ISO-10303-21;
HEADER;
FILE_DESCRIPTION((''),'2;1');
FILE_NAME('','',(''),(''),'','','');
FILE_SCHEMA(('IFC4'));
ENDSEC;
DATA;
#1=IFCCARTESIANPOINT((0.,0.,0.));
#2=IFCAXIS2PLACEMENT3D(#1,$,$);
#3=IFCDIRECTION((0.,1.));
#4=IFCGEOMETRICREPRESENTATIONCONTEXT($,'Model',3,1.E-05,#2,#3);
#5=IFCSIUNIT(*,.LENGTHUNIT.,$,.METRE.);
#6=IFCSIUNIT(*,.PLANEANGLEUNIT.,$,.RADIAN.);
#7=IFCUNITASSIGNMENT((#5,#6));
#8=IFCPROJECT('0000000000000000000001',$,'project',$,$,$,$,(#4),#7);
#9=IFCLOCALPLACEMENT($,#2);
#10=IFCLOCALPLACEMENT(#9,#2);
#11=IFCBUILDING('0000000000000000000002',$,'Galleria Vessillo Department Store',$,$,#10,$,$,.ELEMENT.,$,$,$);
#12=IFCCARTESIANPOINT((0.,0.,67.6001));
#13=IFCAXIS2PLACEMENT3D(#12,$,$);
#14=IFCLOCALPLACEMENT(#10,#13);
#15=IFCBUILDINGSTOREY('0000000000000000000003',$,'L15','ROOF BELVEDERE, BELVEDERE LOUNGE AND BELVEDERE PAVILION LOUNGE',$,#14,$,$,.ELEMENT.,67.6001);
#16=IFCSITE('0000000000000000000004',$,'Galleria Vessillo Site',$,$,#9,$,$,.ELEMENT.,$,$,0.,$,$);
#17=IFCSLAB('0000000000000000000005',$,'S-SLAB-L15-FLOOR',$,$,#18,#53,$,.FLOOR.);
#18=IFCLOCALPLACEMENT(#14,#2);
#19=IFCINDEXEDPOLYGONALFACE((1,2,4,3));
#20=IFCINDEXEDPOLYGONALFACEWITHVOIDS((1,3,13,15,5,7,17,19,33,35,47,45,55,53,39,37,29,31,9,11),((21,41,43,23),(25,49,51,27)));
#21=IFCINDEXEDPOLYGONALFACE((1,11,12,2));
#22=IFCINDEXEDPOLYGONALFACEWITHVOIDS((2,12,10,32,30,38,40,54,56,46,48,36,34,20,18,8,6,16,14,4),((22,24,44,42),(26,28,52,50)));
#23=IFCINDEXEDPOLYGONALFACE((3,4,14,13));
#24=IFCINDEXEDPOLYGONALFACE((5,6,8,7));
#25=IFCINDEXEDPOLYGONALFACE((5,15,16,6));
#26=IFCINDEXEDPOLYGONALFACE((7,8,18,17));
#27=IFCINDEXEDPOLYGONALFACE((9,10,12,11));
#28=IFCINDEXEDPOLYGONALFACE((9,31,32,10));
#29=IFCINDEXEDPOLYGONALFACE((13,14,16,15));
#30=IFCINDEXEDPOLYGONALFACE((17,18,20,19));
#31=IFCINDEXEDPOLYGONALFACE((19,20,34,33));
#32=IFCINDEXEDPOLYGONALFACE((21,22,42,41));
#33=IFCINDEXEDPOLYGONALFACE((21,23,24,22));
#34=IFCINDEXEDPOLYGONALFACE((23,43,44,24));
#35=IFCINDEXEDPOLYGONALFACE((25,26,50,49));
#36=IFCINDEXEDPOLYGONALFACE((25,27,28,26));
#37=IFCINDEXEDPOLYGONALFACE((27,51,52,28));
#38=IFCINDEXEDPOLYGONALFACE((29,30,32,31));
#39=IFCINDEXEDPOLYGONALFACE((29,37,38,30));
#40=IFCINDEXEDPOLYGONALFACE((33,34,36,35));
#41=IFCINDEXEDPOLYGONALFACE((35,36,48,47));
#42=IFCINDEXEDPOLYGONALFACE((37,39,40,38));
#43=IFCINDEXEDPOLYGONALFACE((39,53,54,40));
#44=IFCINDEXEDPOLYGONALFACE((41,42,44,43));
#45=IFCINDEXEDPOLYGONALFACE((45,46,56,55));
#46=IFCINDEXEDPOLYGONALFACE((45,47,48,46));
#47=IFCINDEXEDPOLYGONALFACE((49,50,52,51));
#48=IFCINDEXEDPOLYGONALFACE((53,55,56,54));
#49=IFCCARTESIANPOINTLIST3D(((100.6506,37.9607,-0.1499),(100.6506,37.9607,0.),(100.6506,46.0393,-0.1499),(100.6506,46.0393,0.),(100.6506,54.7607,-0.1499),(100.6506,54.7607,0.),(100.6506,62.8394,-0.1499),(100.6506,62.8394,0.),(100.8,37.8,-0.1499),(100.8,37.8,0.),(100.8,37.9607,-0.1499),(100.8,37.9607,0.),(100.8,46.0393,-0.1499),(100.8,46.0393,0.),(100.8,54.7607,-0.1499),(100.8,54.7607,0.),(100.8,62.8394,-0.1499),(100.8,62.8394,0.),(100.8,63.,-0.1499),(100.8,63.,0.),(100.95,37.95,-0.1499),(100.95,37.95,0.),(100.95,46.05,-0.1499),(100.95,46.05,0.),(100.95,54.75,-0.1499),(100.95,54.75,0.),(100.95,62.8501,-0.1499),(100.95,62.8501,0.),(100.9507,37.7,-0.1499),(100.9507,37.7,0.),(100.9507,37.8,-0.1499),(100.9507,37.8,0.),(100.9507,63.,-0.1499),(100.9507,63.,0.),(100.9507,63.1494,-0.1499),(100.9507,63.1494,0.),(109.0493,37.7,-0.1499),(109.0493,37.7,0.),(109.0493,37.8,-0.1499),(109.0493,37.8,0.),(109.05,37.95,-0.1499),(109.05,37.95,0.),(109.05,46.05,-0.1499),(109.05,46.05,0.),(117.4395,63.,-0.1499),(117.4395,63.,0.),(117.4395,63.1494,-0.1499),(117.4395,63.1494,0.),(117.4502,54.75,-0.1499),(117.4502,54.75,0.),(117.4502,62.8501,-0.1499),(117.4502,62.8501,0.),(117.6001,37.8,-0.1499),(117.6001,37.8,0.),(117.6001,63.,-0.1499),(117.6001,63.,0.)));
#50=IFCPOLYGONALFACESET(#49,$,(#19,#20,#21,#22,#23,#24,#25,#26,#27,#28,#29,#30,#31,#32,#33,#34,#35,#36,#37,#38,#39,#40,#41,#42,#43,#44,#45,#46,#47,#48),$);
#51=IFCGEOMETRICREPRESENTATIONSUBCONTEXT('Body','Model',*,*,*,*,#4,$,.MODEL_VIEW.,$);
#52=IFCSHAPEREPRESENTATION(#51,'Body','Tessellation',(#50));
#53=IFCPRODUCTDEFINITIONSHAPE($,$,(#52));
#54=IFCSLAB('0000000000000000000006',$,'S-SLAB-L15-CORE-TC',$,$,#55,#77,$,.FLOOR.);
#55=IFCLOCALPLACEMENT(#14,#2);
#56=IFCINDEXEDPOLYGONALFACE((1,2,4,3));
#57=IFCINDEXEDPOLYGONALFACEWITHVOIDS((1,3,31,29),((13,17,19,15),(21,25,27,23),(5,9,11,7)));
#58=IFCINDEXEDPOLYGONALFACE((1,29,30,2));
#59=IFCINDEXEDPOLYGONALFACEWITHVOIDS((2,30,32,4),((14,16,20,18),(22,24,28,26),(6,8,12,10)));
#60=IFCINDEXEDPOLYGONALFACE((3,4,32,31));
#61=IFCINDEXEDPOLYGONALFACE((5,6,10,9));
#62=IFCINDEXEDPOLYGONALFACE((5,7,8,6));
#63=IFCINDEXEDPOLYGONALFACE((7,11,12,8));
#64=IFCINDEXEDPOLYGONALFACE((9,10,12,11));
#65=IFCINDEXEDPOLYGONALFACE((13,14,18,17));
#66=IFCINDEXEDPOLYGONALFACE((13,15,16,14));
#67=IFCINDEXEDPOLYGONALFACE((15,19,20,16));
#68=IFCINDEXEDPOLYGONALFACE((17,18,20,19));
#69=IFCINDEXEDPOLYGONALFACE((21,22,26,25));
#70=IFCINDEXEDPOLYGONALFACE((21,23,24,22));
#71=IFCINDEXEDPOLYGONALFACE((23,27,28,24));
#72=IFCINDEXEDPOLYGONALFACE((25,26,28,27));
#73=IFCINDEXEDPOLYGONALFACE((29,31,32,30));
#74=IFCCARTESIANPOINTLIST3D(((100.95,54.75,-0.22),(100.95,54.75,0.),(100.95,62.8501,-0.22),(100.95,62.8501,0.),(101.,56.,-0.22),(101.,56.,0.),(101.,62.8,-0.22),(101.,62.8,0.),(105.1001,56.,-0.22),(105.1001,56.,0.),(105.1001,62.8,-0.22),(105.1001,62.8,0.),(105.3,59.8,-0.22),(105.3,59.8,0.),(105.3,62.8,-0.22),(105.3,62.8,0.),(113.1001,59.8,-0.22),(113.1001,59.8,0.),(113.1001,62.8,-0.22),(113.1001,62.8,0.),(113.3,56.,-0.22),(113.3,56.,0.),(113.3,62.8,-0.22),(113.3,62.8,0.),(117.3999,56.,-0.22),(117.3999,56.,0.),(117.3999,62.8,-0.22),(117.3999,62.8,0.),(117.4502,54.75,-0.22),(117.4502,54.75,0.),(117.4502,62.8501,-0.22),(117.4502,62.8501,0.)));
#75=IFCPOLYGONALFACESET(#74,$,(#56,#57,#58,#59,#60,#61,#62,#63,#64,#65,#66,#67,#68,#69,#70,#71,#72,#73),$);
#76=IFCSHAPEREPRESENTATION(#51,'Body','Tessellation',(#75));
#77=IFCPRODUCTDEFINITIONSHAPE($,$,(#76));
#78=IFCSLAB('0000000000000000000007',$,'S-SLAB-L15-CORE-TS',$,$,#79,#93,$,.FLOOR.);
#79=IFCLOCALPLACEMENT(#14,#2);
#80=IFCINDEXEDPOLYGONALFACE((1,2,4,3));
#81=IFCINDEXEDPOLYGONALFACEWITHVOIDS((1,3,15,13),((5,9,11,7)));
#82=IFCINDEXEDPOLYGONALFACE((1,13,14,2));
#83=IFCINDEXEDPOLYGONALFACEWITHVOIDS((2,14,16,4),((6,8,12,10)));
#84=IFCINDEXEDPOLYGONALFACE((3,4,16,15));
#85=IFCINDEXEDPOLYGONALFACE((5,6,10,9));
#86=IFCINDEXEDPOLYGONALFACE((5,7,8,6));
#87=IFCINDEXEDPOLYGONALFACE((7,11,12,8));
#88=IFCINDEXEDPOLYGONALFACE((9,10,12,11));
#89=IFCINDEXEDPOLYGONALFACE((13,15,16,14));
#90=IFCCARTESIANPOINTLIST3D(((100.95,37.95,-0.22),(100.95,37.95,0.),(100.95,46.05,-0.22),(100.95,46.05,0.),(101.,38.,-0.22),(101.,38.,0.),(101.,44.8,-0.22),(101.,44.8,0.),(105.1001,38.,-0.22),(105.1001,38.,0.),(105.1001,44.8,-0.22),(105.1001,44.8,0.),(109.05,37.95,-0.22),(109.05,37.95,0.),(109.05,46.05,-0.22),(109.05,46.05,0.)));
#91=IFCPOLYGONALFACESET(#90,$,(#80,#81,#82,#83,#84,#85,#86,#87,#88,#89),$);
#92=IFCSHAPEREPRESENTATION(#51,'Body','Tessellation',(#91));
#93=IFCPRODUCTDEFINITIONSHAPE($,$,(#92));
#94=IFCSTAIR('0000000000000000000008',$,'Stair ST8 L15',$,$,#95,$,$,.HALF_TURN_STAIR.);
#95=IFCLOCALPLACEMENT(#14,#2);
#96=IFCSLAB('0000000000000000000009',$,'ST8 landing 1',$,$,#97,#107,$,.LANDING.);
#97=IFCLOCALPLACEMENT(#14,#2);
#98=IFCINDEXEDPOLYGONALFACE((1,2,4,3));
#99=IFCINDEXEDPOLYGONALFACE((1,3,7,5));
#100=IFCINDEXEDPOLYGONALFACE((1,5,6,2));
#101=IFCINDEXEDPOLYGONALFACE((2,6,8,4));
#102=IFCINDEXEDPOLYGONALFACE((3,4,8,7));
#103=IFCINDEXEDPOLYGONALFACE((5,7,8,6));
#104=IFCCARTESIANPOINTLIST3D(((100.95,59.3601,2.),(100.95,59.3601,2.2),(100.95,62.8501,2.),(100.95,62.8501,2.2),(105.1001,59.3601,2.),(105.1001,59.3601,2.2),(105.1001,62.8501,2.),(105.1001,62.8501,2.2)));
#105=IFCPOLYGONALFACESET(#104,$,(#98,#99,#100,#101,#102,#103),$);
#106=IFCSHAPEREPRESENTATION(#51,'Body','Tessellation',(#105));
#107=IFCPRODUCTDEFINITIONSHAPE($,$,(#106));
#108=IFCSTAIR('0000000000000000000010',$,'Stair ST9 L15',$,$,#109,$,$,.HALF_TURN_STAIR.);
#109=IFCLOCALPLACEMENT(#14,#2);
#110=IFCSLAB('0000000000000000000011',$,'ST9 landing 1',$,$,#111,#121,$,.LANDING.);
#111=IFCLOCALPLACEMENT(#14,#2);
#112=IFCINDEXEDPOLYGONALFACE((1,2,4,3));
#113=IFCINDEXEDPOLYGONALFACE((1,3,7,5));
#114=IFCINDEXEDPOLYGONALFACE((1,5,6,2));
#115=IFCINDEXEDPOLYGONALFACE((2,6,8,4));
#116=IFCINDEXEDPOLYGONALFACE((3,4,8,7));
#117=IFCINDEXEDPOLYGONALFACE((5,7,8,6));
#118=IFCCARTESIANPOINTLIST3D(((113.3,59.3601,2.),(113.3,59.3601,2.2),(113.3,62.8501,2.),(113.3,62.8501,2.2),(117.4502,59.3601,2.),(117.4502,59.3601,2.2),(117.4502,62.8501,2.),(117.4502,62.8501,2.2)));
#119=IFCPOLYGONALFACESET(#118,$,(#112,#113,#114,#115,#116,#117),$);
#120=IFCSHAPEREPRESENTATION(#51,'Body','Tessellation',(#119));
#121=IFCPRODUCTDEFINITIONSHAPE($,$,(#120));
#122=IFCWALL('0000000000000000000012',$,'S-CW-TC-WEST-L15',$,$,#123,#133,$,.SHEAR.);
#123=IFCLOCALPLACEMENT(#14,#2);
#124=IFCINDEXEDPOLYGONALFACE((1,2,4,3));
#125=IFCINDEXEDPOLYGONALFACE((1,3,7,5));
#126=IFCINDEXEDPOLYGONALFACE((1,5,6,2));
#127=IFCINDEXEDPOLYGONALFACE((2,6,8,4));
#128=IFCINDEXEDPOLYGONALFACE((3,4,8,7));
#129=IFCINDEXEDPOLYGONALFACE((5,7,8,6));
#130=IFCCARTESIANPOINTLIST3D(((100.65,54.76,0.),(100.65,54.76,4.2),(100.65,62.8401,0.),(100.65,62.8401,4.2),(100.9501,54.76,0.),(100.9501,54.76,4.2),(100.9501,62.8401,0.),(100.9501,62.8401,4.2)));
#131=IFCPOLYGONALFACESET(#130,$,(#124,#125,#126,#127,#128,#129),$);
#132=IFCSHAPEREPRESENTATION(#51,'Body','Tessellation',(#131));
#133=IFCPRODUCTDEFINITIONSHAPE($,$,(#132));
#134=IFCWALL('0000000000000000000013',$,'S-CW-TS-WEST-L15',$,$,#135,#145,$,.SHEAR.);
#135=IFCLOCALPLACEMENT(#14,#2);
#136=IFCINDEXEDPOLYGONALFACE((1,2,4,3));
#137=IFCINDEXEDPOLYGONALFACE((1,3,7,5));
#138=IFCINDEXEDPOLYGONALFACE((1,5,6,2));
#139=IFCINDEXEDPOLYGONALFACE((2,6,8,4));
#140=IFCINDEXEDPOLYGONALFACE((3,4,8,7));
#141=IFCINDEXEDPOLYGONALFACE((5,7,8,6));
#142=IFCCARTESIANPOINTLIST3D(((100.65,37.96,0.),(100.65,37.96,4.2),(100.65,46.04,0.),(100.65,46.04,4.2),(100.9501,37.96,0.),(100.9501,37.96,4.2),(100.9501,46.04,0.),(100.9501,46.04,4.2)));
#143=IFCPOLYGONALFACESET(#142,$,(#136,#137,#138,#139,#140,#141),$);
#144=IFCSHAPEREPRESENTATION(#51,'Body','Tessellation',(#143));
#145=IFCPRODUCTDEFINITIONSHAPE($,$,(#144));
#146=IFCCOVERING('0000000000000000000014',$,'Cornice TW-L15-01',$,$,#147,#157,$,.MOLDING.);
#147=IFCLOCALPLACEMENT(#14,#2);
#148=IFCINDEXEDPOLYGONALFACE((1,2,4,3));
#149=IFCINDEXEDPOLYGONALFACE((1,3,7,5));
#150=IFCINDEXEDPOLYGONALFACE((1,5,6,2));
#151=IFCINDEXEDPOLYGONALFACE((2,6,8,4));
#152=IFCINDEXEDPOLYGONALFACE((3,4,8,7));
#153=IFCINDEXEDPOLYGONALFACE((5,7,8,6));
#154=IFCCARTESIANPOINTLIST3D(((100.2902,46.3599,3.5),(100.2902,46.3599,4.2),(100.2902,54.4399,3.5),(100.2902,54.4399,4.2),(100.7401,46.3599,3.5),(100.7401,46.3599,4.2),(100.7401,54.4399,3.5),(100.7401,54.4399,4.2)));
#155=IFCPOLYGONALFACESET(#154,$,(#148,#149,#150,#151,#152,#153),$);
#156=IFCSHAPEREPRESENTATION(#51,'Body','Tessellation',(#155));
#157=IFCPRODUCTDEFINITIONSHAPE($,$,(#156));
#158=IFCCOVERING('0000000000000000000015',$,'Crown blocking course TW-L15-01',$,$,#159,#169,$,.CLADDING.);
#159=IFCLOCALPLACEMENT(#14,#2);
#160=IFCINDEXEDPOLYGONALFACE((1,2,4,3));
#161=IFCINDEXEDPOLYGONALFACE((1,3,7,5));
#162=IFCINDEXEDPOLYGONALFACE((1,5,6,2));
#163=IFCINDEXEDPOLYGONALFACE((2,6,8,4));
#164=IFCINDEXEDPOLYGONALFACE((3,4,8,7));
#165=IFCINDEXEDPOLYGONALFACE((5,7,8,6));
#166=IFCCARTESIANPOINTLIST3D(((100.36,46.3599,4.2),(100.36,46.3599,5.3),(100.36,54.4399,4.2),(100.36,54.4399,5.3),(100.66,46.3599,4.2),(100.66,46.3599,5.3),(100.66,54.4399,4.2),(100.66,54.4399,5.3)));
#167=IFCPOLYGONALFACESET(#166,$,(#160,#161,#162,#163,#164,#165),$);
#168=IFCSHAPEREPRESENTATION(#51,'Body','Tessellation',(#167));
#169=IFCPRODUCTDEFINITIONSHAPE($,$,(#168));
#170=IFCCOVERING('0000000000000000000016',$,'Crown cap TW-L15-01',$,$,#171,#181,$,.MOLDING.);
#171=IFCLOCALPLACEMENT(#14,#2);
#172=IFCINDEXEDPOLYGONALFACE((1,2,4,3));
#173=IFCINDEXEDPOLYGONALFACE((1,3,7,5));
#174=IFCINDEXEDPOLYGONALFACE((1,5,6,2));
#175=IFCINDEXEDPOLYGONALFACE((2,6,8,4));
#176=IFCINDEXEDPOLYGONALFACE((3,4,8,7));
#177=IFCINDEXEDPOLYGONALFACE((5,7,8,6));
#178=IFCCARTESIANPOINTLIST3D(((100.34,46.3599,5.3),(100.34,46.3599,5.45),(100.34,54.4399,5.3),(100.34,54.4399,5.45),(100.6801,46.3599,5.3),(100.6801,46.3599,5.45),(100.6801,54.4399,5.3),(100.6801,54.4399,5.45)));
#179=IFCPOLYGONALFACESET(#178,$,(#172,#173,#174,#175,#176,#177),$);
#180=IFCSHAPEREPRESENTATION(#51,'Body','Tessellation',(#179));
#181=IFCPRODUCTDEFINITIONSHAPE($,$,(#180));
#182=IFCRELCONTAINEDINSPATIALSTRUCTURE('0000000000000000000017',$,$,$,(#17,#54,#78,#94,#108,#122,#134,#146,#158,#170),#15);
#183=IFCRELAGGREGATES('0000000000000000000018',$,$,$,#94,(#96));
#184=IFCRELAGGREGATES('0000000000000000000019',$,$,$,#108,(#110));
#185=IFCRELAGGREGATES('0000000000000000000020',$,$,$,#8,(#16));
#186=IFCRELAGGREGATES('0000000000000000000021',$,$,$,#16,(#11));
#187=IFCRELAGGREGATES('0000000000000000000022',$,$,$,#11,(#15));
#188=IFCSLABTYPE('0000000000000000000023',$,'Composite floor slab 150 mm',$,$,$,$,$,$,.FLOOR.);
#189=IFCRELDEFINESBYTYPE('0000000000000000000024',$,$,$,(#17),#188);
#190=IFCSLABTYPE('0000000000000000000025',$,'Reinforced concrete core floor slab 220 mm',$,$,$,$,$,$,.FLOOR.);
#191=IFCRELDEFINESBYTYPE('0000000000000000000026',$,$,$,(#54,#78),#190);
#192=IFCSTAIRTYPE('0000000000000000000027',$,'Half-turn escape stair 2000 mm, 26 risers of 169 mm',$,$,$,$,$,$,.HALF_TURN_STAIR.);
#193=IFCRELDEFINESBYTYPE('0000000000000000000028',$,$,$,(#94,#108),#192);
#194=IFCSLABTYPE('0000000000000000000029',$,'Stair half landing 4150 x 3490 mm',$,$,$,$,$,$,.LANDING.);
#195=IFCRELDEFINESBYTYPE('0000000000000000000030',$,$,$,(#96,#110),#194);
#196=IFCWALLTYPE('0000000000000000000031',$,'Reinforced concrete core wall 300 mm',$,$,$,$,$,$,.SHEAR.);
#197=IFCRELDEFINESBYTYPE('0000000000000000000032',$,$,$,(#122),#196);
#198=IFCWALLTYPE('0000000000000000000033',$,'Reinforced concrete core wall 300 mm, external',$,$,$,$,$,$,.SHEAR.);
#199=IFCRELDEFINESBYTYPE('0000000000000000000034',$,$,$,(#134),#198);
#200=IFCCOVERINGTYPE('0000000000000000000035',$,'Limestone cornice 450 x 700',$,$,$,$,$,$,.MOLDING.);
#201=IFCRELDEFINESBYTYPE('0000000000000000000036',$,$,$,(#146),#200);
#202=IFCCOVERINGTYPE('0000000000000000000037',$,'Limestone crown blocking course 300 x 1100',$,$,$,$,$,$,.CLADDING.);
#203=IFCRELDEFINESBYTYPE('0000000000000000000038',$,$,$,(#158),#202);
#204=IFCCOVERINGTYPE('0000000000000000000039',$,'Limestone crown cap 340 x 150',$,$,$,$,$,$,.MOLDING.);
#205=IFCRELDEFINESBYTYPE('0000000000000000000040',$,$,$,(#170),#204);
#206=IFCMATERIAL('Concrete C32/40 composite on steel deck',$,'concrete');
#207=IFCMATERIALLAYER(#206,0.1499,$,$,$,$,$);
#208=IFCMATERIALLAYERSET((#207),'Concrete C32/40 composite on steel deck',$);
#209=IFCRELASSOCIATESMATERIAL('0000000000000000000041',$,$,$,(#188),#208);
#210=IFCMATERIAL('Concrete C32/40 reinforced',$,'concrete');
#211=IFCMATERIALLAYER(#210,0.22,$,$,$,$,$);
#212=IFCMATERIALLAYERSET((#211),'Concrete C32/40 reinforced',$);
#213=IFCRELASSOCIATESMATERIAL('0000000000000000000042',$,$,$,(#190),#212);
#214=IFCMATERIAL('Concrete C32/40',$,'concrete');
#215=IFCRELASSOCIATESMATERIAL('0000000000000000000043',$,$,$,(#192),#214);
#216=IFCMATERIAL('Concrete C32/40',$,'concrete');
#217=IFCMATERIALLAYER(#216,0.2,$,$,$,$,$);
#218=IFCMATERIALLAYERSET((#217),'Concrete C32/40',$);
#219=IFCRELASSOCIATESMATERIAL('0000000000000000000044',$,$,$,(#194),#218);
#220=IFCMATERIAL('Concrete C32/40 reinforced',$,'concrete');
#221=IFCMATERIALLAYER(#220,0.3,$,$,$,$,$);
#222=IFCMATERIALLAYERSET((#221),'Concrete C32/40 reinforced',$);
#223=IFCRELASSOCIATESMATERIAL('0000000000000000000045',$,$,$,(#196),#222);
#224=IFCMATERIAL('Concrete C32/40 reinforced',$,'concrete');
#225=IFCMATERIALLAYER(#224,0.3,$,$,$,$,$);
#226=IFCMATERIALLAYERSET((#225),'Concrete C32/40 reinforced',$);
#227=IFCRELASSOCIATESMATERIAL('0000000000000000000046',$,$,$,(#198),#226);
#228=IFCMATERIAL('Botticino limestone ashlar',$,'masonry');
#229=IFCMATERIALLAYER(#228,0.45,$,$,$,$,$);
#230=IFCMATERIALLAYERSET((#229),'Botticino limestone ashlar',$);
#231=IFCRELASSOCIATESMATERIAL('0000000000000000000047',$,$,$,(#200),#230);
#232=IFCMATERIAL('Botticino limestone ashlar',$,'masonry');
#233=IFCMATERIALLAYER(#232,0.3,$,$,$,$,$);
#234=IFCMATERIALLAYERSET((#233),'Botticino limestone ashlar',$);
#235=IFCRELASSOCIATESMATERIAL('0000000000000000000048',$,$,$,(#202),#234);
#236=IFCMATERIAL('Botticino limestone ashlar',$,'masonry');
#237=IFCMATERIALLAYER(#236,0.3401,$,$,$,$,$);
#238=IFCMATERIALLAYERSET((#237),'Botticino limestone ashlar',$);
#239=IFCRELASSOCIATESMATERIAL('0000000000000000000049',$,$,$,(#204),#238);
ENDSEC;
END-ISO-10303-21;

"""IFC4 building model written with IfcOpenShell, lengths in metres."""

from ifc_helpers import new_model, si_unit, direction, frame, frame_2d, origin, origin_2d, place, context, subcontext, project, spatial, polyline, rectangle, outline, extrude, material, layer, layer_set, type_object, element, aggregate, save


model = new_model("IFC4")

# Units and contexts
model_context = context("Model", 3, precision=1e-05, world=origin(), true_north=direction((0.0, 1.0)))
body_context = subcontext(model_context, "Body", "Model", "MODEL_VIEW")
ifc_project = project(units=[si_unit("LENGTHUNIT", "METRE"), si_unit("PLANEANGLEUNIT", "RADIAN")], contexts=[model_context])

# Site, building, storey
site_placement = place(None, origin())
site = spatial("IfcSite", under=ifc_project, at=site_placement, Name="Galleria Vessillo Site", CompositionType="ELEMENT", RefElevation=0.0)
building_placement = place(site_placement, origin())
building = spatial("IfcBuilding", under=site, at=building_placement, Name="Galleria Vessillo Department Store", CompositionType="ELEMENT")
storey_placement = place(building_placement, frame((0.0, 0.0, 67.6001)))
storey = spatial("IfcBuildingStorey", under=building, at=storey_placement, Name="L15", Description="ROOF BELVEDERE, BELVEDERE LOUNGE AND BELVEDERE PAVILION LOUNGE", CompositionType="ELEMENT", Elevation=67.6001)

# Slabs
ifc_material_1 = material(Name="Concrete C32/40 composite on steel deck", Category="concrete")
ifc_layer_1 = layer(ifc_material_1, 0.1499)
ifc_layer_set_1 = layer_set([ifc_layer_1], Name="Concrete C32/40 composite on steel deck")
slab_type_1 = type_object("IfcSlabType", Name="Composite floor slab 150 mm", PredefinedType="FLOOR", material=ifc_layer_set_1)
slab_1_placement = place(storey_placement, frame((0.0, 0.0, -0.1499)))
element("IfcSlab", 1, at=slab_1_placement, inside=storey, type_object=slab_type_1, Name="S-SLAB-L15-FLOOR", PredefinedType="FLOOR", context=body_context, shape_type="SweptSolid", body=[
    extrude(outline(polyline([(100.6506, 46.0393), (100.8, 46.0393), (100.8, 54.7607), (100.6506, 54.7607), (100.6506, 62.8394), (100.8, 62.8394), (100.8, 63.0), (100.9507, 63.0), (100.9507, 63.1494), (117.4395, 63.1494), (117.4395, 63.0), (117.6001, 63.0), (117.6001, 37.8), (109.0493, 37.8), (109.0493, 37.7), (100.9507, 37.7), (100.9507, 37.8), (100.8, 37.8), (100.8, 37.9607), (100.6506, 37.9607), (100.6506, 46.0393)]), holes=[polyline([(109.05, 37.95), (109.05, 46.05), (100.95, 46.05), (100.95, 37.95), (109.05, 37.95)]), polyline([(117.4502, 54.75), (117.4502, 62.8501), (100.95, 62.8501), (100.95, 54.75), (117.4502, 54.75)])]), origin(), (0.0, 0.0, 1.0), 0.1499),
])
ifc_material_2 = material(Name="Concrete C32/40 reinforced", Category="concrete")
ifc_layer_2 = layer(ifc_material_2, 0.22)
ifc_layer_set_2 = layer_set([ifc_layer_2], Name="Concrete C32/40 reinforced")
slab_type_2 = type_object("IfcSlabType", Name="Reinforced concrete core floor slab 220 mm", PredefinedType="FLOOR", material=ifc_layer_set_2)
slab_2_placement = place(storey_placement, frame((0.0, 0.0, -0.22)))
element("IfcSlab", 2, at=slab_2_placement, inside=storey, type_object=slab_type_2, Name="S-SLAB-L15-CORE-TC", PredefinedType="FLOOR", context=body_context, shape_type="SweptSolid", body=[
    extrude(outline(polyline([(100.95, 54.75), (100.95, 62.8501), (117.4502, 62.8501), (117.4502, 54.75), (100.95, 54.75)]), holes=[polyline([(105.1001, 56.0), (105.1001, 62.8), (101.0, 62.8), (101.0, 56.0), (105.1001, 56.0)]), polyline([(113.3, 56.0), (117.3999, 56.0), (117.3999, 62.8), (113.3, 62.8), (113.3, 56.0)]), polyline([(105.3, 59.8), (113.1001, 59.8), (113.1001, 62.8), (105.3, 62.8), (105.3, 59.8)])]), origin(), (0.0, 0.0, 1.0), 0.22),
])
slab_3_placement = place(storey_placement, frame((0.0, 0.0, -0.22)))
element("IfcSlab", 3, at=slab_3_placement, inside=storey, type_object=slab_type_2, Name="S-SLAB-L15-CORE-TS", PredefinedType="FLOOR", context=body_context, shape_type="SweptSolid", body=[
    extrude(outline(polyline([(100.95, 37.95), (100.95, 46.05), (109.05, 46.05), (109.05, 37.95), (100.95, 37.95)]), holes=[polyline([(105.1001, 44.8), (101.0, 44.8), (101.0, 38.0), (105.1001, 38.0), (105.1001, 44.8)])]), origin(), (0.0, 0.0, 1.0), 0.22),
])

# Stairs, slabs
ifc_material_3 = material(Name="Concrete C32/40", Category="concrete")
stair_type = type_object("IfcStairType", Name="Half-turn escape stair 2000 mm, 26 risers of 169 mm", PredefinedType="HALF_TURN_STAIR", material=ifc_material_3)
stair_1_placement = place(storey_placement, origin())
stair_1 = element("IfcStair", 4, at=stair_1_placement, inside=storey, type_object=stair_type, Name="Stair ST8 L15", PredefinedType="HALF_TURN_STAIR")
ifc_material_4 = material(Name="Concrete C32/40", Category="concrete")
ifc_layer_3 = layer(ifc_material_4, 0.2)
ifc_layer_set_3 = layer_set([ifc_layer_3], Name="Concrete C32/40")
slab_type_3 = type_object("IfcSlabType", Name="Stair half landing 4150 x 3490 mm", PredefinedType="LANDING", material=ifc_layer_set_3)
slab_4_placement = place(storey_placement, frame((0.0, 0.0, 2.0)))
slab_4 = element("IfcSlab", 5, at=slab_4_placement, type_object=slab_type_3, Name="ST8 landing 1", PredefinedType="LANDING", context=body_context, shape_type="SweptSolid", body=[
    extrude(outline(polyline([(100.95, 59.3601), (100.95, 62.8501), (105.1001, 62.8501), (105.1001, 59.3601), (100.95, 59.3601)])), origin(), (0.0, 0.0, 1.0), 0.2),
])
aggregate(stair_1, [slab_4])
stair_2_placement = place(storey_placement, origin())
stair_2 = element("IfcStair", 6, at=stair_2_placement, inside=storey, type_object=stair_type, Name="Stair ST9 L15", PredefinedType="HALF_TURN_STAIR")
slab_5_placement = place(storey_placement, frame((0.0, 0.0, 2.0)))
slab_5 = element("IfcSlab", 7, at=slab_5_placement, type_object=slab_type_3, Name="ST9 landing 1", PredefinedType="LANDING", context=body_context, shape_type="SweptSolid", body=[
    extrude(outline(polyline([(113.3, 59.3601), (113.3, 62.8501), (117.4502, 62.8501), (117.4502, 59.3601), (113.3, 59.3601)])), origin(), (0.0, 0.0, 1.0), 0.2),
])
aggregate(stair_2, [slab_5])

# Walls
ifc_material_5 = material(Name="Concrete C32/40 reinforced", Category="concrete")
ifc_layer_4 = layer(ifc_material_5, 0.3)
ifc_layer_set_4 = layer_set([ifc_layer_4], Name="Concrete C32/40 reinforced")
wall_type_1 = type_object("IfcWallType", Name="Reinforced concrete core wall 300 mm", PredefinedType="SHEAR", material=ifc_layer_set_4)
wall_1_placement = place(storey_placement, frame((100.8, 54.76, 0.0), z_axis=(0.0, 0.0, 1.0), x_axis=(0.0, 1.0, 0.0)))
element("IfcWall", 8, at=wall_1_placement, inside=storey, type_object=wall_type_1, Name="S-CW-TC-WEST-L15", PredefinedType="SHEAR", context=body_context, shape_type="SweptSolid", body=[
    extrude(rectangle(XDim=8.0801, YDim=0.3, at=frame_2d((4.04, 0.0))), origin(), (0.0, 0.0, 1.0), 4.2),
])
ifc_material_6 = material(Name="Concrete C32/40 reinforced", Category="concrete")
ifc_layer_5 = layer(ifc_material_6, 0.3)
ifc_layer_set_5 = layer_set([ifc_layer_5], Name="Concrete C32/40 reinforced")
wall_type_2 = type_object("IfcWallType", Name="Reinforced concrete core wall 300 mm, external", PredefinedType="SHEAR", material=ifc_layer_set_5)
wall_2_placement = place(storey_placement, frame((100.8, 37.96, 0.0), z_axis=(0.0, 0.0, 1.0), x_axis=(0.0, 1.0, 0.0)))
element("IfcWall", 9, at=wall_2_placement, inside=storey, type_object=wall_type_2, Name="S-CW-TS-WEST-L15", PredefinedType="SHEAR", context=body_context, shape_type="SweptSolid", body=[
    extrude(rectangle(XDim=8.0801, YDim=0.3, at=frame_2d((4.04, 0.0))), origin(), (0.0, 0.0, 1.0), 4.2),
])

# Coverings
ifc_material_7 = material(Name="Botticino limestone ashlar", Category="masonry")
ifc_layer_6 = layer(ifc_material_7, 0.45)
ifc_layer_set_6 = layer_set([ifc_layer_6], Name="Botticino limestone ashlar")
covering_type_1 = type_object("IfcCoveringType", Name="Limestone cornice 450 x 700", PredefinedType="MOLDING", material=ifc_layer_set_6)
covering_1_placement = place(storey_placement, frame((100.5151, 50.3999, 3.5), z_axis=(0.0, 0.0, 1.0), x_axis=(1.0, 0.0, 0.0)))
element("IfcCovering", 10, at=covering_1_placement, inside=storey, type_object=covering_type_1, Name="Cornice TW-L15-01", PredefinedType="MOLDING", context=body_context, shape_type="SweptSolid", body=[
    extrude(rectangle(XDim=0.45, YDim=8.0801, at=origin_2d()), origin(), (0.0, 0.0, 1.0), 0.7),
])
ifc_material_8 = material(Name="Botticino limestone ashlar", Category="masonry")
ifc_layer_7 = layer(ifc_material_8, 0.3)
ifc_layer_set_7 = layer_set([ifc_layer_7], Name="Botticino limestone ashlar")
covering_type_2 = type_object("IfcCoveringType", Name="Limestone crown blocking course 300 x 1100", PredefinedType="CLADDING", material=ifc_layer_set_7)
covering_2_placement = place(storey_placement, frame((100.51, 50.3999, 4.2), z_axis=(0.0, 0.0, 1.0), x_axis=(1.0, 0.0, 0.0)))
element("IfcCovering", 11, at=covering_2_placement, inside=storey, type_object=covering_type_2, Name="Crown blocking course TW-L15-01", PredefinedType="CLADDING", context=body_context, shape_type="SweptSolid", body=[
    extrude(rectangle(XDim=0.3, YDim=8.0801, at=origin_2d()), origin(), (0.0, 0.0, 1.0), 1.1001),
])
ifc_material_9 = material(Name="Botticino limestone ashlar", Category="masonry")
ifc_layer_8 = layer(ifc_material_9, 0.3401)
ifc_layer_set_8 = layer_set([ifc_layer_8], Name="Botticino limestone ashlar")
covering_type_3 = type_object("IfcCoveringType", Name="Limestone crown cap 340 x 150", PredefinedType="MOLDING", material=ifc_layer_set_8)
covering_3_placement = place(storey_placement, frame((100.51, 50.3999, 5.3), z_axis=(0.0, 0.0, 1.0), x_axis=(1.0, 0.0, 0.0)))
element("IfcCovering", 12, at=covering_3_placement, inside=storey, type_object=covering_type_3, Name="Crown cap TW-L15-01", PredefinedType="MOLDING", context=body_context, shape_type="SweptSolid", body=[
    extrude(rectangle(XDim=0.3401, YDim=8.0801, at=origin_2d()), origin(), (0.0, 0.0, 1.0), 0.1499),
])

save(model, "model.ifc")
